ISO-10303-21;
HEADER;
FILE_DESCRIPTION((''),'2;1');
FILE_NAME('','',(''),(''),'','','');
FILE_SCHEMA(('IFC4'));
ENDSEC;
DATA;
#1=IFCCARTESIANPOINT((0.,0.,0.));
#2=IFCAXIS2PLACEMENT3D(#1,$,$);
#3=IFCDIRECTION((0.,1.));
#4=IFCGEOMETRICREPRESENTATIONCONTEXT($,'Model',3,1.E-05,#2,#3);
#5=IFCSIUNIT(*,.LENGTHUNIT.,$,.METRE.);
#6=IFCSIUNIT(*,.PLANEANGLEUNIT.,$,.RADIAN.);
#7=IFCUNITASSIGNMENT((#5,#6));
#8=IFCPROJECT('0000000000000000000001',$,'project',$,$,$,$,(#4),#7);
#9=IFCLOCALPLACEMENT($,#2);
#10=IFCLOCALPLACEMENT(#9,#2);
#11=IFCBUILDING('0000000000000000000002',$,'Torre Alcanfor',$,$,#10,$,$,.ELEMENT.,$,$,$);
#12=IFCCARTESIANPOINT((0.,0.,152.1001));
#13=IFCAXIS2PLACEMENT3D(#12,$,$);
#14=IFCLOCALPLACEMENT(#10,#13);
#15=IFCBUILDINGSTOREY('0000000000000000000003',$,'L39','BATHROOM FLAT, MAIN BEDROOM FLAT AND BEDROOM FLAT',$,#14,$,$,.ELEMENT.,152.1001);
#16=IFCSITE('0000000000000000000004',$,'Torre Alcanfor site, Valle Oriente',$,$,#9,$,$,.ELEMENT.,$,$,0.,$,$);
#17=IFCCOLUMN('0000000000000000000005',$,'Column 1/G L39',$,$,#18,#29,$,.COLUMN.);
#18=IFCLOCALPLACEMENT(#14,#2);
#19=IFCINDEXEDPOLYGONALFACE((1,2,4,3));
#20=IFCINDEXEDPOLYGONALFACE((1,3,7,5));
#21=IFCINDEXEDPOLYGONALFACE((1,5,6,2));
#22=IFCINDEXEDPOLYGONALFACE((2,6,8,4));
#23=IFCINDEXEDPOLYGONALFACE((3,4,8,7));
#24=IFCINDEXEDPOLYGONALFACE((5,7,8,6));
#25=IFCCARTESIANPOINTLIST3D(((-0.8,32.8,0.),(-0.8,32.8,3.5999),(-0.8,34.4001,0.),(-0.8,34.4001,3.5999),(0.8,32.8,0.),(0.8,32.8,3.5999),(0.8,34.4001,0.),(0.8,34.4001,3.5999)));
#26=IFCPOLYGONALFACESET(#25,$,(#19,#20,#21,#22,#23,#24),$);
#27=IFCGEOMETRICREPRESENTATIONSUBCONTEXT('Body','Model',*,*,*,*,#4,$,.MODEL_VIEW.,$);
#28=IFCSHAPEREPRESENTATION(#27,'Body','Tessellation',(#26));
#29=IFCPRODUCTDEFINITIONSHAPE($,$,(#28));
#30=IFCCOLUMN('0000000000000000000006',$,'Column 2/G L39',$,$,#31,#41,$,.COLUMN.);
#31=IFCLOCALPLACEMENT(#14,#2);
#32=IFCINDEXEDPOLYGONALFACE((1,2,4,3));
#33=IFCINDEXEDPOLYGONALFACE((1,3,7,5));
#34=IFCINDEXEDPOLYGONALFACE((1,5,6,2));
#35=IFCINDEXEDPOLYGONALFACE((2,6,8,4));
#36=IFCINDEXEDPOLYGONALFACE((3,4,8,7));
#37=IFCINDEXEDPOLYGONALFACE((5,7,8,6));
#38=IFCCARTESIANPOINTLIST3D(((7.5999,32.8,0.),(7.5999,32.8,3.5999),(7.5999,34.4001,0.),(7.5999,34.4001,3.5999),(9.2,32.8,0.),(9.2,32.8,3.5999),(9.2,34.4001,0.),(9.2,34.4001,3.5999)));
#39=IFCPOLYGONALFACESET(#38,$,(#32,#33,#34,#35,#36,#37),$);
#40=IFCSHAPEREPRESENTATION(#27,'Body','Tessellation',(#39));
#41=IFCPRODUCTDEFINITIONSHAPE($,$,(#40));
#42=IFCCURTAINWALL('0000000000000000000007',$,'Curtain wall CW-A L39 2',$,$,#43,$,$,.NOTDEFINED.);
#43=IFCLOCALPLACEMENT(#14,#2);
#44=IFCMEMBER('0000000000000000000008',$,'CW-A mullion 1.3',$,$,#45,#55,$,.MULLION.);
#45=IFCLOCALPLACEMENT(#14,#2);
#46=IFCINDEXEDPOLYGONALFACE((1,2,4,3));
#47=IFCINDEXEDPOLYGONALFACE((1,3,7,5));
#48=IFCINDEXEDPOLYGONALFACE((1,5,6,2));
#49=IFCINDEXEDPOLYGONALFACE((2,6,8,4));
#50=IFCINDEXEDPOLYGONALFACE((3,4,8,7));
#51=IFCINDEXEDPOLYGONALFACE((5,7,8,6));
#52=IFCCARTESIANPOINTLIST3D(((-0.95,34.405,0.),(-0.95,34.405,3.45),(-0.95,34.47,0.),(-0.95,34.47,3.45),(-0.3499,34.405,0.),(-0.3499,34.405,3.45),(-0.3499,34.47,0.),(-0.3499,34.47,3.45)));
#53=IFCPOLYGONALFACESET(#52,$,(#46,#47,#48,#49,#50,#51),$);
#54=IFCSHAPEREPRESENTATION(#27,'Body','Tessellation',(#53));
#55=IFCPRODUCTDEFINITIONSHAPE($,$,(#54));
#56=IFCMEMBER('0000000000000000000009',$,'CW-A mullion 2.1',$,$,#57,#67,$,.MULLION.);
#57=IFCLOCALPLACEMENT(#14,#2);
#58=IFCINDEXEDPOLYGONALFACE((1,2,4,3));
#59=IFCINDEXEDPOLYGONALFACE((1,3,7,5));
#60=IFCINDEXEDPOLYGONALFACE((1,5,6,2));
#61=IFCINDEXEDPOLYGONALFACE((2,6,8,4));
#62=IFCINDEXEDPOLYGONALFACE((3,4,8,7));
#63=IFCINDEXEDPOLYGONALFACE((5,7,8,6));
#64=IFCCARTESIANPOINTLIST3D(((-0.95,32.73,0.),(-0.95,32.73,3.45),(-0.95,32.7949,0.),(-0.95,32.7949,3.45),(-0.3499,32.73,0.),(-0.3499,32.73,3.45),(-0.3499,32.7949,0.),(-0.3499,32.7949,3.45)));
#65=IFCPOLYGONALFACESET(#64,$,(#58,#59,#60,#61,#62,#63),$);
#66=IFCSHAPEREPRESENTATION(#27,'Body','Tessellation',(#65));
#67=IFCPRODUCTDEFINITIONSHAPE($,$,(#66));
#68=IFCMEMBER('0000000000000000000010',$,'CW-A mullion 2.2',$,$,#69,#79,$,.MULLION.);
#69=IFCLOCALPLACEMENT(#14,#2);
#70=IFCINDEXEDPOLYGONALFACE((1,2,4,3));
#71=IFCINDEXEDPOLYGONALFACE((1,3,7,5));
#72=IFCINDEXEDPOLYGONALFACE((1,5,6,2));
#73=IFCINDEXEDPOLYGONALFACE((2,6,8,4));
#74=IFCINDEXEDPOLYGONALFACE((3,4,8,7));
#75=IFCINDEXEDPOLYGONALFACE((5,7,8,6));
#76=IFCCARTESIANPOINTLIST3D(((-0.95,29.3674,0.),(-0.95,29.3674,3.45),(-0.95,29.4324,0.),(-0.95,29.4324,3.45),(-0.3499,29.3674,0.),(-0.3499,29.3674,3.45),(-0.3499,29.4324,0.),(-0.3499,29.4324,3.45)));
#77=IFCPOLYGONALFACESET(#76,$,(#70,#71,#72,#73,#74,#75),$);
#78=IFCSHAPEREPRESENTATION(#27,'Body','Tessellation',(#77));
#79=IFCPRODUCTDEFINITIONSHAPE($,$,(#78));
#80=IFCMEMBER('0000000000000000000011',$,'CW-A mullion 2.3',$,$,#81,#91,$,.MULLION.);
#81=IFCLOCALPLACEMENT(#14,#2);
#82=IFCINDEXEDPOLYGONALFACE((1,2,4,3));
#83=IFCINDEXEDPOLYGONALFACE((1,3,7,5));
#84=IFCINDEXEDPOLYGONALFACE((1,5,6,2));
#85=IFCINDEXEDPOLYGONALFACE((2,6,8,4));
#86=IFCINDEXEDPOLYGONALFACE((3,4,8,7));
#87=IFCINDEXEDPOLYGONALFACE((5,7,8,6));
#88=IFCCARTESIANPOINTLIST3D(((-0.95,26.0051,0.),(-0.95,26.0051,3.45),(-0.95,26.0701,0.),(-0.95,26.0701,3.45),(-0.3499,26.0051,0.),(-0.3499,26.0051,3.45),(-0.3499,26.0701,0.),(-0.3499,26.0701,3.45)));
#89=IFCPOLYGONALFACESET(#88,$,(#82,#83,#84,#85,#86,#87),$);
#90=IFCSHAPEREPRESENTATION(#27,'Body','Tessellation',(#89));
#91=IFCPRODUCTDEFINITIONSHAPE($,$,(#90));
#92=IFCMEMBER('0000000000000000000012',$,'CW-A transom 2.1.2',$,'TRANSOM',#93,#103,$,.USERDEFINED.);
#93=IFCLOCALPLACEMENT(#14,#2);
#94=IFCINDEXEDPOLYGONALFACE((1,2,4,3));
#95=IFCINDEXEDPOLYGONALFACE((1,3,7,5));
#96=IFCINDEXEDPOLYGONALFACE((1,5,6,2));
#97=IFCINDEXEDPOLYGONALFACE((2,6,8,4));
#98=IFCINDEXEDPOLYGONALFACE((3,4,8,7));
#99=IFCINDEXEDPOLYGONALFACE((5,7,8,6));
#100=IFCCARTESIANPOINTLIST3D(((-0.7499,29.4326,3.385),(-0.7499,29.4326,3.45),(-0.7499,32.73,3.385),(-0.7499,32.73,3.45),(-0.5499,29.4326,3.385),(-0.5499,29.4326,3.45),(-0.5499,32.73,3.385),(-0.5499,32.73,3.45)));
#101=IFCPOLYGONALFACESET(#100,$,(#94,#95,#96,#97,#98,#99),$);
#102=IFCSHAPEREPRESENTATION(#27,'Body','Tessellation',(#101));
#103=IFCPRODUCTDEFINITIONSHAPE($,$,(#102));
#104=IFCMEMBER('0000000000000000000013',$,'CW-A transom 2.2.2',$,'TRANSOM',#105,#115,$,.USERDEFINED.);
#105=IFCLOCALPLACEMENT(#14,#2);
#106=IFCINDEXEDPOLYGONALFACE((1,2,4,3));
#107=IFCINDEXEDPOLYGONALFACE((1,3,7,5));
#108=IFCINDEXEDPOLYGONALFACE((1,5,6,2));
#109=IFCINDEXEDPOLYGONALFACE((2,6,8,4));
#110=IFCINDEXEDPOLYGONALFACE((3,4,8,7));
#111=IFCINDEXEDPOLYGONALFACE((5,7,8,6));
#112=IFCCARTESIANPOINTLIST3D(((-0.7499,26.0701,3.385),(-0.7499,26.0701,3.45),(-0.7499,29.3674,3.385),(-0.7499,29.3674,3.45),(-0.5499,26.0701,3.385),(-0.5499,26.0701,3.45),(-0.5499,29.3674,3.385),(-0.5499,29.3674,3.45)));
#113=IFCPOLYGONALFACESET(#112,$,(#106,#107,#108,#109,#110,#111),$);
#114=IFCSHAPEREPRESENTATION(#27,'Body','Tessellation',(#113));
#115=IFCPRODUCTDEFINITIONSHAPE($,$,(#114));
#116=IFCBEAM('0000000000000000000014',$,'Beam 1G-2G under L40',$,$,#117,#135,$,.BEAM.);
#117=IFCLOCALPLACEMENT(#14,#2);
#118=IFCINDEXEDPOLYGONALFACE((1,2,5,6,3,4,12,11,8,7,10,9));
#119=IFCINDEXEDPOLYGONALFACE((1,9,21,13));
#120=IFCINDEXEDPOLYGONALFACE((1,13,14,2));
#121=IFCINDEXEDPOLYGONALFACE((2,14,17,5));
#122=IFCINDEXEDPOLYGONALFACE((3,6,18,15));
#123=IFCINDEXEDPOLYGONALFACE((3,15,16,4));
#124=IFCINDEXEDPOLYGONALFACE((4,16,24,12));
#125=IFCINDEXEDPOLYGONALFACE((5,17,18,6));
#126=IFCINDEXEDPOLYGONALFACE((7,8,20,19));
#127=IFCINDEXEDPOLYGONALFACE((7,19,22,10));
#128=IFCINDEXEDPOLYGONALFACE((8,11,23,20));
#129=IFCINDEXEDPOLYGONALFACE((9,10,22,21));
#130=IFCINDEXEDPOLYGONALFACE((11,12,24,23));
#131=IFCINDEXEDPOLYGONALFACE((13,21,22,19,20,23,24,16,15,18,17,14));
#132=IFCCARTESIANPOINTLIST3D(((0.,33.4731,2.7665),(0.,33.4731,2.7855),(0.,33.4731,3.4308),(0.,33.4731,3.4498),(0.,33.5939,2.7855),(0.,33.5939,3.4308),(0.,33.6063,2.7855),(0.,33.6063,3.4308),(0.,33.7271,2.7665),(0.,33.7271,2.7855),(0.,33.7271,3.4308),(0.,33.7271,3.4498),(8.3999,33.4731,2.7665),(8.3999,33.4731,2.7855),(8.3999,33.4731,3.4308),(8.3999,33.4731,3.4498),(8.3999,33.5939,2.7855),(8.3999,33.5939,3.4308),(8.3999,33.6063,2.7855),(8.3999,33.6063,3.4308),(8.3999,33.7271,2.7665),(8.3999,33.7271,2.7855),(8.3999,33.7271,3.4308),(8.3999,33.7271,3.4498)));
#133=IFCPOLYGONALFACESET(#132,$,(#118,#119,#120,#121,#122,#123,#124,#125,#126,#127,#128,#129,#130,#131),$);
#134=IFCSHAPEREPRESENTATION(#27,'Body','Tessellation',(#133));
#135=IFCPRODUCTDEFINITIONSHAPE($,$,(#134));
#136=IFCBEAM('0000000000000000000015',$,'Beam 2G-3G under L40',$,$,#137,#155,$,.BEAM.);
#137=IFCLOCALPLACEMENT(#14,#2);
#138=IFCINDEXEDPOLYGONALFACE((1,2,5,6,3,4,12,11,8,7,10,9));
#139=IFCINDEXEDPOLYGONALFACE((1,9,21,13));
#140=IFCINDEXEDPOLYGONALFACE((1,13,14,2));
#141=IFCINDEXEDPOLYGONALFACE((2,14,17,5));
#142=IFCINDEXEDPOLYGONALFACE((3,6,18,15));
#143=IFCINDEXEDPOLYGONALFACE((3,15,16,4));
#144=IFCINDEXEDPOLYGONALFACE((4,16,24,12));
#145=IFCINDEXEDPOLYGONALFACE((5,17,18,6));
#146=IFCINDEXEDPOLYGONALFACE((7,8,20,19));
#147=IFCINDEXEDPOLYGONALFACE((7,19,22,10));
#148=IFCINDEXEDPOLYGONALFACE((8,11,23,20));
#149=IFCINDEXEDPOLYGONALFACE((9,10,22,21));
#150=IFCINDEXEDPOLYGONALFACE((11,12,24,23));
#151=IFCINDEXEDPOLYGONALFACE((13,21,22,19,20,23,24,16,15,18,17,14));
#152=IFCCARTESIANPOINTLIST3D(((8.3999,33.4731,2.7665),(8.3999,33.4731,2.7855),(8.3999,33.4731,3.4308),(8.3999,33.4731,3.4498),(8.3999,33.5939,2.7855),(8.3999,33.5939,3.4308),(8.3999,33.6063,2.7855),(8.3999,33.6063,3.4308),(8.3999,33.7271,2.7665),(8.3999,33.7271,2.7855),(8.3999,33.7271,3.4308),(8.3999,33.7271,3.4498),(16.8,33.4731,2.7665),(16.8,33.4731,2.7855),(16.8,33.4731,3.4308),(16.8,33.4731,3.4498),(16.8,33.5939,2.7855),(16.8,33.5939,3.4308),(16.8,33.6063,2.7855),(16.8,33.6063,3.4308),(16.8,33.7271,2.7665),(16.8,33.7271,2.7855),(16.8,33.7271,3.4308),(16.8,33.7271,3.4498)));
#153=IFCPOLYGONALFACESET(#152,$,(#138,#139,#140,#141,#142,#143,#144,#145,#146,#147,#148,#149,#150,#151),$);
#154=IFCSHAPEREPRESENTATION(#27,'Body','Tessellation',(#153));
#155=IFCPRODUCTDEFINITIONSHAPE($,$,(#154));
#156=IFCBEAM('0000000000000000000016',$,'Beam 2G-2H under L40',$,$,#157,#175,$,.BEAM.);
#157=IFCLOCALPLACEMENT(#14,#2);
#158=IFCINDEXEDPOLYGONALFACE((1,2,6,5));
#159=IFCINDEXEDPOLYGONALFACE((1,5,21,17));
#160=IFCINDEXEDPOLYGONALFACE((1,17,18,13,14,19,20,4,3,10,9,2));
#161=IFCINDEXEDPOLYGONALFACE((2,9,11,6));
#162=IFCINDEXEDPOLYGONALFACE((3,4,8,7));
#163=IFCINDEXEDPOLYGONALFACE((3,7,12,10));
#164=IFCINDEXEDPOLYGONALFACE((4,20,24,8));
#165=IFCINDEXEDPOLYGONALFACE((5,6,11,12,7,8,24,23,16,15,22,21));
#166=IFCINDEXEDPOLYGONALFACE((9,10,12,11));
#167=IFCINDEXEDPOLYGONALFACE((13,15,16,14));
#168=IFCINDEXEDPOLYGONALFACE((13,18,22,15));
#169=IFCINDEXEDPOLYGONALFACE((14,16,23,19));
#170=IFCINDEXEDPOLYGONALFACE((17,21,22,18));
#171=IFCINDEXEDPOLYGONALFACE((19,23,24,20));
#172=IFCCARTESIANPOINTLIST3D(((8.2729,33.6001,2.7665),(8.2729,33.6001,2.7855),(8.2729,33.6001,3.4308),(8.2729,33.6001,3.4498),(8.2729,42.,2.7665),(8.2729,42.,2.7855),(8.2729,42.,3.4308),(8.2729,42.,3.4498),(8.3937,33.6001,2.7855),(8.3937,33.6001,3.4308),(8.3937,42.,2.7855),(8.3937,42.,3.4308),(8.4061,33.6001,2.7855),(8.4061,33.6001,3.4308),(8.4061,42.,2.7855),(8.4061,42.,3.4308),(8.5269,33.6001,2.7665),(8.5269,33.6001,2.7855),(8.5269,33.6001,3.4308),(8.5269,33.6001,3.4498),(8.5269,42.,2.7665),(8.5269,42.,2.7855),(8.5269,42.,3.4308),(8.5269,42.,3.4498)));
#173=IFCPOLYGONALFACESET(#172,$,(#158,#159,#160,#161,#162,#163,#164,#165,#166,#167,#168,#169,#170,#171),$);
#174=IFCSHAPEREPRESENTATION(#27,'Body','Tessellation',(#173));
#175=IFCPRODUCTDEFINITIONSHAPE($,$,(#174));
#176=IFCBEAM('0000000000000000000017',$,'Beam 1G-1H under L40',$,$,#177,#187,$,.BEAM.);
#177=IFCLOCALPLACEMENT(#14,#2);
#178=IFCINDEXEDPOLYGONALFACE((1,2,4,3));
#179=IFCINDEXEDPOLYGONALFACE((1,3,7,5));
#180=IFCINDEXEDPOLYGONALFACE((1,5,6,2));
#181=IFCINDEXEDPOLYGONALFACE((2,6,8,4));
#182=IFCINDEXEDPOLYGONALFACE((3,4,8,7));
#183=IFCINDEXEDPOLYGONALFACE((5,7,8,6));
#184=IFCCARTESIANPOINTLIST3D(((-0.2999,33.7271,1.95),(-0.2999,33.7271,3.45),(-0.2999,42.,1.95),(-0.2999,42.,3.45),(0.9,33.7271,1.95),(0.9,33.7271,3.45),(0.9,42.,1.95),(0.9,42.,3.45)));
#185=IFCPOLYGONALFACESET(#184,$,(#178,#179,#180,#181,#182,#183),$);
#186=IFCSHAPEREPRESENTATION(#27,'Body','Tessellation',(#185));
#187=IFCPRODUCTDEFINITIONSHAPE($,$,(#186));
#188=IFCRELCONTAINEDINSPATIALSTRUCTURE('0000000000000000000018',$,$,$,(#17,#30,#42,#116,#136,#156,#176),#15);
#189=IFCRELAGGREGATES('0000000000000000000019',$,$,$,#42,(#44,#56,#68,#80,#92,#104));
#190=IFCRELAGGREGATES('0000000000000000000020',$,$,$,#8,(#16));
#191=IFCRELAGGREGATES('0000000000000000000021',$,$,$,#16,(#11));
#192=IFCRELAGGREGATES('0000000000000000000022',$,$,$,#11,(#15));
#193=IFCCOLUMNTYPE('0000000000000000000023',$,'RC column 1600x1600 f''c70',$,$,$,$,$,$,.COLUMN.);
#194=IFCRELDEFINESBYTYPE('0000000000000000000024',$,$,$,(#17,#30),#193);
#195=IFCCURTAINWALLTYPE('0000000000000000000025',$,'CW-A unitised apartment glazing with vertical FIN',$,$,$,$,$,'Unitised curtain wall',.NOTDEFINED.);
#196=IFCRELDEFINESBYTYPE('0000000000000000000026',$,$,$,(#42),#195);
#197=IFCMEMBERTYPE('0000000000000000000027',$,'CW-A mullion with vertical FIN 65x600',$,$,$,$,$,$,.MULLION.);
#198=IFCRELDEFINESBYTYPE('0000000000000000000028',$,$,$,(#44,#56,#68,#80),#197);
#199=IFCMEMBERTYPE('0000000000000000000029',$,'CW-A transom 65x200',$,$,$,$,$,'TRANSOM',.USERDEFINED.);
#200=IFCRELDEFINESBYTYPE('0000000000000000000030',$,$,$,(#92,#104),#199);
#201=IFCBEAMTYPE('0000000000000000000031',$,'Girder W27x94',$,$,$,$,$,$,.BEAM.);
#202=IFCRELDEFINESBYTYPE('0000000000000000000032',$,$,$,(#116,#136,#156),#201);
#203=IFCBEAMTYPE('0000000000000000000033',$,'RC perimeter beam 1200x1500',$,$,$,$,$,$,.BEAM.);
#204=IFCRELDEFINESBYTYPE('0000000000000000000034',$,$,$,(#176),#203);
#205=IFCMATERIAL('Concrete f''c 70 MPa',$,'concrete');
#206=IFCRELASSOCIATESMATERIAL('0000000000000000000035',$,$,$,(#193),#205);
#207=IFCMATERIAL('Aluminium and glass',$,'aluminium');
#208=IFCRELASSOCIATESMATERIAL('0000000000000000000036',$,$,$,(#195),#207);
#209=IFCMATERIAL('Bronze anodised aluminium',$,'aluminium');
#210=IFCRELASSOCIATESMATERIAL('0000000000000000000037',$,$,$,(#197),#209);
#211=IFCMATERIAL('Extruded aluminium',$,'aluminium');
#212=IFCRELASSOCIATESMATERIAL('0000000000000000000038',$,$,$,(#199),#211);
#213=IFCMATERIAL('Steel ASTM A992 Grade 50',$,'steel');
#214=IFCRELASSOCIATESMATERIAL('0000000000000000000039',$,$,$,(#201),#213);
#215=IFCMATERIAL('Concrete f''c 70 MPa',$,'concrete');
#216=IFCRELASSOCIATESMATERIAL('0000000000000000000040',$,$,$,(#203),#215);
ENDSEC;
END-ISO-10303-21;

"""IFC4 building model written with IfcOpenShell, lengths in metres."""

from ifc_helpers import new_model, si_unit, direction, frame, origin, origin_2d, place, context, subcontext, project, spatial, rectangle, i_section, extrude, material, material_profile, profile_set, type_object, element, aggregate, save


model = new_model("IFC4")

# Units and contexts
model_context = context("Model", 3, precision=1e-05, world=origin(), true_north=direction((0.0, 1.0)))
body_context = subcontext(model_context, "Body", "Model", "MODEL_VIEW")
ifc_project = project(units=[si_unit("LENGTHUNIT", "METRE"), si_unit("PLANEANGLEUNIT", "RADIAN")], contexts=[model_context])

# Site, building, storey
site_placement = place(None, origin())
site = spatial("IfcSite", under=ifc_project, at=site_placement, Name="Torre Alcanfor site, Valle Oriente", CompositionType="ELEMENT", RefElevation=0.0)
building_placement = place(site_placement, origin())
building = spatial("IfcBuilding", under=site, at=building_placement, Name="Torre Alcanfor", CompositionType="ELEMENT")
storey_placement = place(building_placement, frame((0.0, 0.0, 152.1001)))
storey = spatial("IfcBuildingStorey", under=building, at=storey_placement, Name="L39", Description="BATHROOM FLAT, MAIN BEDROOM FLAT AND BEDROOM FLAT", CompositionType="ELEMENT", Elevation=152.1001)

# Columns
ifc_material_1 = material(Name="Concrete f'c 70 MPa", Category="concrete")
ifc_material_profile_1 = material_profile(ifc_material_1, rectangle(XDim=1.6001, YDim=1.6001, at=origin_2d()), Name="1600x1600")
ifc_profile_set_1 = profile_set([ifc_material_profile_1], Name="Concrete f'c 70 MPa")
column_type = type_object("IfcColumnType", Name="RC column 1600x1600 f'c70", PredefinedType="COLUMN", material=ifc_profile_set_1)
for number, where, z_axis, x_axis, name in (
    (1, (0.0, 33.6001, 0.0), (0.0, 0.0, 1.0), (1.0, 0.0, 0.0), "Column 1/G L39"),
    (2, (8.3999, 33.6001, 0.0), (0.0, 0.0, 1.0), (1.0, 0.0, 0.0), "Column 2/G L39"),
):
    element("IfcColumn", number, at=place(storey_placement, frame(where, z_axis=z_axis, x_axis=x_axis)), inside=storey, type_object=column_type, Name=name, PredefinedType="COLUMN", context=body_context, shape_type="SweptSolid", body=[
        extrude(rectangle(XDim=1.6001, YDim=1.6001, at=origin_2d()), origin(), (0.0, 0.0, 1.0), 3.5999),
    ])

# Curtain wall, members
ifc_material_2 = material(Name="Aluminium and glass", Category="aluminium")
curtain_wall_type = type_object("IfcCurtainWallType", Name="CW-A unitised apartment glazing with vertical FIN", ElementType="Unitised curtain wall", PredefinedType="NOTDEFINED", material=ifc_material_2)
curtain_wall_placement = place(storey_placement, origin())
curtain_wall = element("IfcCurtainWall", 3, at=curtain_wall_placement, inside=storey, type_object=curtain_wall_type, Name="Curtain wall CW-A L39 2", PredefinedType="NOTDEFINED")
ifc_material_3 = material(Name="Bronze anodised aluminium", Category="aluminium")
ifc_material_profile_2 = material_profile(ifc_material_3, rectangle(XDim=0.6001, YDim=0.0649, at=origin_2d()), Name="CW-A mullion 65x600")
ifc_profile_set_2 = profile_set([ifc_material_profile_2], Name="Bronze anodised aluminium")
member_type_1 = type_object("IfcMemberType", Name="CW-A mullion with vertical FIN 65x600", PredefinedType="MULLION", material=ifc_profile_set_2)
member_1_placement = place(storey_placement, frame((-0.6499, 34.4375, 0.0), z_axis=(0.0, 0.0, 1.0), x_axis=(1.0, 0.0, 0.0)))
member_1 = element("IfcMember", 4, at=member_1_placement, type_object=member_type_1, Name="CW-A mullion 1.3", PredefinedType="MULLION", context=body_context, shape_type="SweptSolid", body=[
    extrude(rectangle(XDim=0.6001, YDim=0.0649, at=origin_2d()), origin(), (0.0, 0.0, 1.0), 3.45),
])
member_2_placement = place(storey_placement, frame((-0.6499, 32.7625, 0.0), z_axis=(0.0, 0.0, 1.0), x_axis=(1.0, 0.0, 0.0)))
member_2 = element("IfcMember", 5, at=member_2_placement, type_object=member_type_1, Name="CW-A mullion 2.1", PredefinedType="MULLION", context=body_context, shape_type="SweptSolid", body=[
    extrude(rectangle(XDim=0.6001, YDim=0.0649, at=origin_2d()), origin(), (0.0, 0.0, 1.0), 3.45),
])
member_3_placement = place(storey_placement, frame((-0.6499, 29.3999, 0.0), z_axis=(0.0, 0.0, 1.0), x_axis=(1.0, 0.0, 0.0)))
member_3 = element("IfcMember", 6, at=member_3_placement, type_object=member_type_1, Name="CW-A mullion 2.2", PredefinedType="MULLION", context=body_context, shape_type="SweptSolid", body=[
    extrude(rectangle(XDim=0.6001, YDim=0.0649, at=origin_2d()), origin(), (0.0, 0.0, 1.0), 3.45),
])
member_4_placement = place(storey_placement, frame((-0.6499, 26.0376, 0.0), z_axis=(0.0, 0.0, 1.0), x_axis=(1.0, 0.0, 0.0)))
member_4 = element("IfcMember", 7, at=member_4_placement, type_object=member_type_1, Name="CW-A mullion 2.3", PredefinedType="MULLION", context=body_context, shape_type="SweptSolid", body=[
    extrude(rectangle(XDim=0.6001, YDim=0.0649, at=origin_2d()), origin(), (0.0, 0.0, 1.0), 3.45),
])
ifc_material_4 = material(Name="Extruded aluminium", Category="aluminium")
ifc_material_profile_3 = material_profile(ifc_material_4, rectangle(XDim=0.2, YDim=0.0649, at=origin_2d()), Name="CW-A transom 200x65")
ifc_profile_set_3 = profile_set([ifc_material_profile_3], Name="Extruded aluminium")
member_type_2 = type_object("IfcMemberType", Name="CW-A transom 65x200", ElementType="TRANSOM", PredefinedType="USERDEFINED", material=ifc_profile_set_3)
member_5_placement = place(storey_placement, frame((-0.6499, 32.73, 3.4175), z_axis=(0.0, -1.0, 0.0), x_axis=(1.0, 0.0, 0.0)))
member_5 = element("IfcMember", 8, at=member_5_placement, type_object=member_type_2, Name="CW-A transom 2.1.2", ObjectType="TRANSOM", PredefinedType="USERDEFINED", context=body_context, shape_type="SweptSolid", body=[
    extrude(rectangle(XDim=0.2, YDim=0.0649, at=origin_2d()), origin(), (0.0, 0.0, 1.0), 3.2974),
])
member_6_placement = place(storey_placement, frame((-0.6499, 29.3674, 3.4175), z_axis=(0.0, -1.0, 0.0), x_axis=(1.0, 0.0, 0.0)))
member_6 = element("IfcMember", 9, at=member_6_placement, type_object=member_type_2, Name="CW-A transom 2.2.2", ObjectType="TRANSOM", PredefinedType="USERDEFINED", context=body_context, shape_type="SweptSolid", body=[
    extrude(rectangle(XDim=0.2, YDim=0.0649, at=origin_2d()), origin(), (0.0, 0.0, 1.0), 3.2974),
])

# Beams
ifc_material_5 = material(Name="Steel ASTM A992 Grade 50", Category="steel")
ifc_material_profile_4 = material_profile(ifc_material_5, i_section(OverallWidth=0.2539, OverallDepth=0.6833, WebThickness=0.0125, FlangeThickness=0.019, at=origin_2d()), Name="W27x94")
ifc_profile_set_4 = profile_set([ifc_material_profile_4], Name="Steel ASTM A992 Grade 50")
beam_type_1 = type_object("IfcBeamType", Name="Girder W27x94", PredefinedType="BEAM", material=ifc_profile_set_4)
beam_1_placement = place(storey_placement, frame((0.0, 33.6001, 3.1082), z_axis=(1.0, 0.0, 0.0), x_axis=(0.0, 1.0, 0.0)))
element("IfcBeam", 10, at=beam_1_placement, inside=storey, type_object=beam_type_1, Name="Beam 1G-2G under L40", PredefinedType="BEAM", context=body_context, shape_type="SweptSolid", body=[
    extrude(i_section(OverallWidth=0.2539, OverallDepth=0.6833, WebThickness=0.0125, FlangeThickness=0.019, at=origin_2d()), origin(), (0.0, 0.0, 1.0), 8.3999),
])
beam_2_placement = place(storey_placement, frame((8.3999, 33.6001, 3.1082), z_axis=(1.0, 0.0, 0.0), x_axis=(0.0, 1.0, 0.0)))
element("IfcBeam", 11, at=beam_2_placement, inside=storey, type_object=beam_type_1, Name="Beam 2G-3G under L40", PredefinedType="BEAM", context=body_context, shape_type="SweptSolid", body=[
    extrude(i_section(OverallWidth=0.2539, OverallDepth=0.6833, WebThickness=0.0125, FlangeThickness=0.019, at=origin_2d()), origin(), (0.0, 0.0, 1.0), 8.4001),
])
beam_3_placement = place(storey_placement, frame((8.3999, 33.6001, 3.1082), z_axis=(0.0, 1.0, 0.0), x_axis=(-1.0, 0.0, 0.0)))
element("IfcBeam", 12, at=beam_3_placement, inside=storey, type_object=beam_type_1, Name="Beam 2G-2H under L40", PredefinedType="BEAM", context=body_context, shape_type="SweptSolid", body=[
    extrude(i_section(OverallWidth=0.2539, OverallDepth=0.6833, WebThickness=0.0125, FlangeThickness=0.019, at=origin_2d()), origin(), (0.0, 0.0, 1.0), 8.3999),
])
ifc_material_6 = material(Name="Concrete f'c 70 MPa", Category="concrete")
ifc_material_profile_5 = material_profile(ifc_material_6, rectangle(XDim=1.2, YDim=1.5, at=origin_2d()), Name="1200x1500")
ifc_profile_set_5 = profile_set([ifc_material_profile_5], Name="Concrete f'c 70 MPa")
beam_type_2 = type_object("IfcBeamType", Name="RC perimeter beam 1200x1500", PredefinedType="BEAM", material=ifc_profile_set_5)
beam_4_placement = place(storey_placement, frame((0.3, 33.7271, 2.7), z_axis=(0.0, 1.0, 0.0), x_axis=(-1.0, 0.0, 0.0)))
element("IfcBeam", 13, at=beam_4_placement, inside=storey, type_object=beam_type_2, Name="Beam 1G-1H under L40", PredefinedType="BEAM", context=body_context, shape_type="SweptSolid", body=[
    extrude(rectangle(XDim=1.2, YDim=1.5, at=origin_2d()), origin(), (0.0, 0.0, 1.0), 8.2729),
])

aggregate(curtain_wall, [member_1, member_2, member_3, member_4, member_5, member_6])

save(model, "model.ifc")
